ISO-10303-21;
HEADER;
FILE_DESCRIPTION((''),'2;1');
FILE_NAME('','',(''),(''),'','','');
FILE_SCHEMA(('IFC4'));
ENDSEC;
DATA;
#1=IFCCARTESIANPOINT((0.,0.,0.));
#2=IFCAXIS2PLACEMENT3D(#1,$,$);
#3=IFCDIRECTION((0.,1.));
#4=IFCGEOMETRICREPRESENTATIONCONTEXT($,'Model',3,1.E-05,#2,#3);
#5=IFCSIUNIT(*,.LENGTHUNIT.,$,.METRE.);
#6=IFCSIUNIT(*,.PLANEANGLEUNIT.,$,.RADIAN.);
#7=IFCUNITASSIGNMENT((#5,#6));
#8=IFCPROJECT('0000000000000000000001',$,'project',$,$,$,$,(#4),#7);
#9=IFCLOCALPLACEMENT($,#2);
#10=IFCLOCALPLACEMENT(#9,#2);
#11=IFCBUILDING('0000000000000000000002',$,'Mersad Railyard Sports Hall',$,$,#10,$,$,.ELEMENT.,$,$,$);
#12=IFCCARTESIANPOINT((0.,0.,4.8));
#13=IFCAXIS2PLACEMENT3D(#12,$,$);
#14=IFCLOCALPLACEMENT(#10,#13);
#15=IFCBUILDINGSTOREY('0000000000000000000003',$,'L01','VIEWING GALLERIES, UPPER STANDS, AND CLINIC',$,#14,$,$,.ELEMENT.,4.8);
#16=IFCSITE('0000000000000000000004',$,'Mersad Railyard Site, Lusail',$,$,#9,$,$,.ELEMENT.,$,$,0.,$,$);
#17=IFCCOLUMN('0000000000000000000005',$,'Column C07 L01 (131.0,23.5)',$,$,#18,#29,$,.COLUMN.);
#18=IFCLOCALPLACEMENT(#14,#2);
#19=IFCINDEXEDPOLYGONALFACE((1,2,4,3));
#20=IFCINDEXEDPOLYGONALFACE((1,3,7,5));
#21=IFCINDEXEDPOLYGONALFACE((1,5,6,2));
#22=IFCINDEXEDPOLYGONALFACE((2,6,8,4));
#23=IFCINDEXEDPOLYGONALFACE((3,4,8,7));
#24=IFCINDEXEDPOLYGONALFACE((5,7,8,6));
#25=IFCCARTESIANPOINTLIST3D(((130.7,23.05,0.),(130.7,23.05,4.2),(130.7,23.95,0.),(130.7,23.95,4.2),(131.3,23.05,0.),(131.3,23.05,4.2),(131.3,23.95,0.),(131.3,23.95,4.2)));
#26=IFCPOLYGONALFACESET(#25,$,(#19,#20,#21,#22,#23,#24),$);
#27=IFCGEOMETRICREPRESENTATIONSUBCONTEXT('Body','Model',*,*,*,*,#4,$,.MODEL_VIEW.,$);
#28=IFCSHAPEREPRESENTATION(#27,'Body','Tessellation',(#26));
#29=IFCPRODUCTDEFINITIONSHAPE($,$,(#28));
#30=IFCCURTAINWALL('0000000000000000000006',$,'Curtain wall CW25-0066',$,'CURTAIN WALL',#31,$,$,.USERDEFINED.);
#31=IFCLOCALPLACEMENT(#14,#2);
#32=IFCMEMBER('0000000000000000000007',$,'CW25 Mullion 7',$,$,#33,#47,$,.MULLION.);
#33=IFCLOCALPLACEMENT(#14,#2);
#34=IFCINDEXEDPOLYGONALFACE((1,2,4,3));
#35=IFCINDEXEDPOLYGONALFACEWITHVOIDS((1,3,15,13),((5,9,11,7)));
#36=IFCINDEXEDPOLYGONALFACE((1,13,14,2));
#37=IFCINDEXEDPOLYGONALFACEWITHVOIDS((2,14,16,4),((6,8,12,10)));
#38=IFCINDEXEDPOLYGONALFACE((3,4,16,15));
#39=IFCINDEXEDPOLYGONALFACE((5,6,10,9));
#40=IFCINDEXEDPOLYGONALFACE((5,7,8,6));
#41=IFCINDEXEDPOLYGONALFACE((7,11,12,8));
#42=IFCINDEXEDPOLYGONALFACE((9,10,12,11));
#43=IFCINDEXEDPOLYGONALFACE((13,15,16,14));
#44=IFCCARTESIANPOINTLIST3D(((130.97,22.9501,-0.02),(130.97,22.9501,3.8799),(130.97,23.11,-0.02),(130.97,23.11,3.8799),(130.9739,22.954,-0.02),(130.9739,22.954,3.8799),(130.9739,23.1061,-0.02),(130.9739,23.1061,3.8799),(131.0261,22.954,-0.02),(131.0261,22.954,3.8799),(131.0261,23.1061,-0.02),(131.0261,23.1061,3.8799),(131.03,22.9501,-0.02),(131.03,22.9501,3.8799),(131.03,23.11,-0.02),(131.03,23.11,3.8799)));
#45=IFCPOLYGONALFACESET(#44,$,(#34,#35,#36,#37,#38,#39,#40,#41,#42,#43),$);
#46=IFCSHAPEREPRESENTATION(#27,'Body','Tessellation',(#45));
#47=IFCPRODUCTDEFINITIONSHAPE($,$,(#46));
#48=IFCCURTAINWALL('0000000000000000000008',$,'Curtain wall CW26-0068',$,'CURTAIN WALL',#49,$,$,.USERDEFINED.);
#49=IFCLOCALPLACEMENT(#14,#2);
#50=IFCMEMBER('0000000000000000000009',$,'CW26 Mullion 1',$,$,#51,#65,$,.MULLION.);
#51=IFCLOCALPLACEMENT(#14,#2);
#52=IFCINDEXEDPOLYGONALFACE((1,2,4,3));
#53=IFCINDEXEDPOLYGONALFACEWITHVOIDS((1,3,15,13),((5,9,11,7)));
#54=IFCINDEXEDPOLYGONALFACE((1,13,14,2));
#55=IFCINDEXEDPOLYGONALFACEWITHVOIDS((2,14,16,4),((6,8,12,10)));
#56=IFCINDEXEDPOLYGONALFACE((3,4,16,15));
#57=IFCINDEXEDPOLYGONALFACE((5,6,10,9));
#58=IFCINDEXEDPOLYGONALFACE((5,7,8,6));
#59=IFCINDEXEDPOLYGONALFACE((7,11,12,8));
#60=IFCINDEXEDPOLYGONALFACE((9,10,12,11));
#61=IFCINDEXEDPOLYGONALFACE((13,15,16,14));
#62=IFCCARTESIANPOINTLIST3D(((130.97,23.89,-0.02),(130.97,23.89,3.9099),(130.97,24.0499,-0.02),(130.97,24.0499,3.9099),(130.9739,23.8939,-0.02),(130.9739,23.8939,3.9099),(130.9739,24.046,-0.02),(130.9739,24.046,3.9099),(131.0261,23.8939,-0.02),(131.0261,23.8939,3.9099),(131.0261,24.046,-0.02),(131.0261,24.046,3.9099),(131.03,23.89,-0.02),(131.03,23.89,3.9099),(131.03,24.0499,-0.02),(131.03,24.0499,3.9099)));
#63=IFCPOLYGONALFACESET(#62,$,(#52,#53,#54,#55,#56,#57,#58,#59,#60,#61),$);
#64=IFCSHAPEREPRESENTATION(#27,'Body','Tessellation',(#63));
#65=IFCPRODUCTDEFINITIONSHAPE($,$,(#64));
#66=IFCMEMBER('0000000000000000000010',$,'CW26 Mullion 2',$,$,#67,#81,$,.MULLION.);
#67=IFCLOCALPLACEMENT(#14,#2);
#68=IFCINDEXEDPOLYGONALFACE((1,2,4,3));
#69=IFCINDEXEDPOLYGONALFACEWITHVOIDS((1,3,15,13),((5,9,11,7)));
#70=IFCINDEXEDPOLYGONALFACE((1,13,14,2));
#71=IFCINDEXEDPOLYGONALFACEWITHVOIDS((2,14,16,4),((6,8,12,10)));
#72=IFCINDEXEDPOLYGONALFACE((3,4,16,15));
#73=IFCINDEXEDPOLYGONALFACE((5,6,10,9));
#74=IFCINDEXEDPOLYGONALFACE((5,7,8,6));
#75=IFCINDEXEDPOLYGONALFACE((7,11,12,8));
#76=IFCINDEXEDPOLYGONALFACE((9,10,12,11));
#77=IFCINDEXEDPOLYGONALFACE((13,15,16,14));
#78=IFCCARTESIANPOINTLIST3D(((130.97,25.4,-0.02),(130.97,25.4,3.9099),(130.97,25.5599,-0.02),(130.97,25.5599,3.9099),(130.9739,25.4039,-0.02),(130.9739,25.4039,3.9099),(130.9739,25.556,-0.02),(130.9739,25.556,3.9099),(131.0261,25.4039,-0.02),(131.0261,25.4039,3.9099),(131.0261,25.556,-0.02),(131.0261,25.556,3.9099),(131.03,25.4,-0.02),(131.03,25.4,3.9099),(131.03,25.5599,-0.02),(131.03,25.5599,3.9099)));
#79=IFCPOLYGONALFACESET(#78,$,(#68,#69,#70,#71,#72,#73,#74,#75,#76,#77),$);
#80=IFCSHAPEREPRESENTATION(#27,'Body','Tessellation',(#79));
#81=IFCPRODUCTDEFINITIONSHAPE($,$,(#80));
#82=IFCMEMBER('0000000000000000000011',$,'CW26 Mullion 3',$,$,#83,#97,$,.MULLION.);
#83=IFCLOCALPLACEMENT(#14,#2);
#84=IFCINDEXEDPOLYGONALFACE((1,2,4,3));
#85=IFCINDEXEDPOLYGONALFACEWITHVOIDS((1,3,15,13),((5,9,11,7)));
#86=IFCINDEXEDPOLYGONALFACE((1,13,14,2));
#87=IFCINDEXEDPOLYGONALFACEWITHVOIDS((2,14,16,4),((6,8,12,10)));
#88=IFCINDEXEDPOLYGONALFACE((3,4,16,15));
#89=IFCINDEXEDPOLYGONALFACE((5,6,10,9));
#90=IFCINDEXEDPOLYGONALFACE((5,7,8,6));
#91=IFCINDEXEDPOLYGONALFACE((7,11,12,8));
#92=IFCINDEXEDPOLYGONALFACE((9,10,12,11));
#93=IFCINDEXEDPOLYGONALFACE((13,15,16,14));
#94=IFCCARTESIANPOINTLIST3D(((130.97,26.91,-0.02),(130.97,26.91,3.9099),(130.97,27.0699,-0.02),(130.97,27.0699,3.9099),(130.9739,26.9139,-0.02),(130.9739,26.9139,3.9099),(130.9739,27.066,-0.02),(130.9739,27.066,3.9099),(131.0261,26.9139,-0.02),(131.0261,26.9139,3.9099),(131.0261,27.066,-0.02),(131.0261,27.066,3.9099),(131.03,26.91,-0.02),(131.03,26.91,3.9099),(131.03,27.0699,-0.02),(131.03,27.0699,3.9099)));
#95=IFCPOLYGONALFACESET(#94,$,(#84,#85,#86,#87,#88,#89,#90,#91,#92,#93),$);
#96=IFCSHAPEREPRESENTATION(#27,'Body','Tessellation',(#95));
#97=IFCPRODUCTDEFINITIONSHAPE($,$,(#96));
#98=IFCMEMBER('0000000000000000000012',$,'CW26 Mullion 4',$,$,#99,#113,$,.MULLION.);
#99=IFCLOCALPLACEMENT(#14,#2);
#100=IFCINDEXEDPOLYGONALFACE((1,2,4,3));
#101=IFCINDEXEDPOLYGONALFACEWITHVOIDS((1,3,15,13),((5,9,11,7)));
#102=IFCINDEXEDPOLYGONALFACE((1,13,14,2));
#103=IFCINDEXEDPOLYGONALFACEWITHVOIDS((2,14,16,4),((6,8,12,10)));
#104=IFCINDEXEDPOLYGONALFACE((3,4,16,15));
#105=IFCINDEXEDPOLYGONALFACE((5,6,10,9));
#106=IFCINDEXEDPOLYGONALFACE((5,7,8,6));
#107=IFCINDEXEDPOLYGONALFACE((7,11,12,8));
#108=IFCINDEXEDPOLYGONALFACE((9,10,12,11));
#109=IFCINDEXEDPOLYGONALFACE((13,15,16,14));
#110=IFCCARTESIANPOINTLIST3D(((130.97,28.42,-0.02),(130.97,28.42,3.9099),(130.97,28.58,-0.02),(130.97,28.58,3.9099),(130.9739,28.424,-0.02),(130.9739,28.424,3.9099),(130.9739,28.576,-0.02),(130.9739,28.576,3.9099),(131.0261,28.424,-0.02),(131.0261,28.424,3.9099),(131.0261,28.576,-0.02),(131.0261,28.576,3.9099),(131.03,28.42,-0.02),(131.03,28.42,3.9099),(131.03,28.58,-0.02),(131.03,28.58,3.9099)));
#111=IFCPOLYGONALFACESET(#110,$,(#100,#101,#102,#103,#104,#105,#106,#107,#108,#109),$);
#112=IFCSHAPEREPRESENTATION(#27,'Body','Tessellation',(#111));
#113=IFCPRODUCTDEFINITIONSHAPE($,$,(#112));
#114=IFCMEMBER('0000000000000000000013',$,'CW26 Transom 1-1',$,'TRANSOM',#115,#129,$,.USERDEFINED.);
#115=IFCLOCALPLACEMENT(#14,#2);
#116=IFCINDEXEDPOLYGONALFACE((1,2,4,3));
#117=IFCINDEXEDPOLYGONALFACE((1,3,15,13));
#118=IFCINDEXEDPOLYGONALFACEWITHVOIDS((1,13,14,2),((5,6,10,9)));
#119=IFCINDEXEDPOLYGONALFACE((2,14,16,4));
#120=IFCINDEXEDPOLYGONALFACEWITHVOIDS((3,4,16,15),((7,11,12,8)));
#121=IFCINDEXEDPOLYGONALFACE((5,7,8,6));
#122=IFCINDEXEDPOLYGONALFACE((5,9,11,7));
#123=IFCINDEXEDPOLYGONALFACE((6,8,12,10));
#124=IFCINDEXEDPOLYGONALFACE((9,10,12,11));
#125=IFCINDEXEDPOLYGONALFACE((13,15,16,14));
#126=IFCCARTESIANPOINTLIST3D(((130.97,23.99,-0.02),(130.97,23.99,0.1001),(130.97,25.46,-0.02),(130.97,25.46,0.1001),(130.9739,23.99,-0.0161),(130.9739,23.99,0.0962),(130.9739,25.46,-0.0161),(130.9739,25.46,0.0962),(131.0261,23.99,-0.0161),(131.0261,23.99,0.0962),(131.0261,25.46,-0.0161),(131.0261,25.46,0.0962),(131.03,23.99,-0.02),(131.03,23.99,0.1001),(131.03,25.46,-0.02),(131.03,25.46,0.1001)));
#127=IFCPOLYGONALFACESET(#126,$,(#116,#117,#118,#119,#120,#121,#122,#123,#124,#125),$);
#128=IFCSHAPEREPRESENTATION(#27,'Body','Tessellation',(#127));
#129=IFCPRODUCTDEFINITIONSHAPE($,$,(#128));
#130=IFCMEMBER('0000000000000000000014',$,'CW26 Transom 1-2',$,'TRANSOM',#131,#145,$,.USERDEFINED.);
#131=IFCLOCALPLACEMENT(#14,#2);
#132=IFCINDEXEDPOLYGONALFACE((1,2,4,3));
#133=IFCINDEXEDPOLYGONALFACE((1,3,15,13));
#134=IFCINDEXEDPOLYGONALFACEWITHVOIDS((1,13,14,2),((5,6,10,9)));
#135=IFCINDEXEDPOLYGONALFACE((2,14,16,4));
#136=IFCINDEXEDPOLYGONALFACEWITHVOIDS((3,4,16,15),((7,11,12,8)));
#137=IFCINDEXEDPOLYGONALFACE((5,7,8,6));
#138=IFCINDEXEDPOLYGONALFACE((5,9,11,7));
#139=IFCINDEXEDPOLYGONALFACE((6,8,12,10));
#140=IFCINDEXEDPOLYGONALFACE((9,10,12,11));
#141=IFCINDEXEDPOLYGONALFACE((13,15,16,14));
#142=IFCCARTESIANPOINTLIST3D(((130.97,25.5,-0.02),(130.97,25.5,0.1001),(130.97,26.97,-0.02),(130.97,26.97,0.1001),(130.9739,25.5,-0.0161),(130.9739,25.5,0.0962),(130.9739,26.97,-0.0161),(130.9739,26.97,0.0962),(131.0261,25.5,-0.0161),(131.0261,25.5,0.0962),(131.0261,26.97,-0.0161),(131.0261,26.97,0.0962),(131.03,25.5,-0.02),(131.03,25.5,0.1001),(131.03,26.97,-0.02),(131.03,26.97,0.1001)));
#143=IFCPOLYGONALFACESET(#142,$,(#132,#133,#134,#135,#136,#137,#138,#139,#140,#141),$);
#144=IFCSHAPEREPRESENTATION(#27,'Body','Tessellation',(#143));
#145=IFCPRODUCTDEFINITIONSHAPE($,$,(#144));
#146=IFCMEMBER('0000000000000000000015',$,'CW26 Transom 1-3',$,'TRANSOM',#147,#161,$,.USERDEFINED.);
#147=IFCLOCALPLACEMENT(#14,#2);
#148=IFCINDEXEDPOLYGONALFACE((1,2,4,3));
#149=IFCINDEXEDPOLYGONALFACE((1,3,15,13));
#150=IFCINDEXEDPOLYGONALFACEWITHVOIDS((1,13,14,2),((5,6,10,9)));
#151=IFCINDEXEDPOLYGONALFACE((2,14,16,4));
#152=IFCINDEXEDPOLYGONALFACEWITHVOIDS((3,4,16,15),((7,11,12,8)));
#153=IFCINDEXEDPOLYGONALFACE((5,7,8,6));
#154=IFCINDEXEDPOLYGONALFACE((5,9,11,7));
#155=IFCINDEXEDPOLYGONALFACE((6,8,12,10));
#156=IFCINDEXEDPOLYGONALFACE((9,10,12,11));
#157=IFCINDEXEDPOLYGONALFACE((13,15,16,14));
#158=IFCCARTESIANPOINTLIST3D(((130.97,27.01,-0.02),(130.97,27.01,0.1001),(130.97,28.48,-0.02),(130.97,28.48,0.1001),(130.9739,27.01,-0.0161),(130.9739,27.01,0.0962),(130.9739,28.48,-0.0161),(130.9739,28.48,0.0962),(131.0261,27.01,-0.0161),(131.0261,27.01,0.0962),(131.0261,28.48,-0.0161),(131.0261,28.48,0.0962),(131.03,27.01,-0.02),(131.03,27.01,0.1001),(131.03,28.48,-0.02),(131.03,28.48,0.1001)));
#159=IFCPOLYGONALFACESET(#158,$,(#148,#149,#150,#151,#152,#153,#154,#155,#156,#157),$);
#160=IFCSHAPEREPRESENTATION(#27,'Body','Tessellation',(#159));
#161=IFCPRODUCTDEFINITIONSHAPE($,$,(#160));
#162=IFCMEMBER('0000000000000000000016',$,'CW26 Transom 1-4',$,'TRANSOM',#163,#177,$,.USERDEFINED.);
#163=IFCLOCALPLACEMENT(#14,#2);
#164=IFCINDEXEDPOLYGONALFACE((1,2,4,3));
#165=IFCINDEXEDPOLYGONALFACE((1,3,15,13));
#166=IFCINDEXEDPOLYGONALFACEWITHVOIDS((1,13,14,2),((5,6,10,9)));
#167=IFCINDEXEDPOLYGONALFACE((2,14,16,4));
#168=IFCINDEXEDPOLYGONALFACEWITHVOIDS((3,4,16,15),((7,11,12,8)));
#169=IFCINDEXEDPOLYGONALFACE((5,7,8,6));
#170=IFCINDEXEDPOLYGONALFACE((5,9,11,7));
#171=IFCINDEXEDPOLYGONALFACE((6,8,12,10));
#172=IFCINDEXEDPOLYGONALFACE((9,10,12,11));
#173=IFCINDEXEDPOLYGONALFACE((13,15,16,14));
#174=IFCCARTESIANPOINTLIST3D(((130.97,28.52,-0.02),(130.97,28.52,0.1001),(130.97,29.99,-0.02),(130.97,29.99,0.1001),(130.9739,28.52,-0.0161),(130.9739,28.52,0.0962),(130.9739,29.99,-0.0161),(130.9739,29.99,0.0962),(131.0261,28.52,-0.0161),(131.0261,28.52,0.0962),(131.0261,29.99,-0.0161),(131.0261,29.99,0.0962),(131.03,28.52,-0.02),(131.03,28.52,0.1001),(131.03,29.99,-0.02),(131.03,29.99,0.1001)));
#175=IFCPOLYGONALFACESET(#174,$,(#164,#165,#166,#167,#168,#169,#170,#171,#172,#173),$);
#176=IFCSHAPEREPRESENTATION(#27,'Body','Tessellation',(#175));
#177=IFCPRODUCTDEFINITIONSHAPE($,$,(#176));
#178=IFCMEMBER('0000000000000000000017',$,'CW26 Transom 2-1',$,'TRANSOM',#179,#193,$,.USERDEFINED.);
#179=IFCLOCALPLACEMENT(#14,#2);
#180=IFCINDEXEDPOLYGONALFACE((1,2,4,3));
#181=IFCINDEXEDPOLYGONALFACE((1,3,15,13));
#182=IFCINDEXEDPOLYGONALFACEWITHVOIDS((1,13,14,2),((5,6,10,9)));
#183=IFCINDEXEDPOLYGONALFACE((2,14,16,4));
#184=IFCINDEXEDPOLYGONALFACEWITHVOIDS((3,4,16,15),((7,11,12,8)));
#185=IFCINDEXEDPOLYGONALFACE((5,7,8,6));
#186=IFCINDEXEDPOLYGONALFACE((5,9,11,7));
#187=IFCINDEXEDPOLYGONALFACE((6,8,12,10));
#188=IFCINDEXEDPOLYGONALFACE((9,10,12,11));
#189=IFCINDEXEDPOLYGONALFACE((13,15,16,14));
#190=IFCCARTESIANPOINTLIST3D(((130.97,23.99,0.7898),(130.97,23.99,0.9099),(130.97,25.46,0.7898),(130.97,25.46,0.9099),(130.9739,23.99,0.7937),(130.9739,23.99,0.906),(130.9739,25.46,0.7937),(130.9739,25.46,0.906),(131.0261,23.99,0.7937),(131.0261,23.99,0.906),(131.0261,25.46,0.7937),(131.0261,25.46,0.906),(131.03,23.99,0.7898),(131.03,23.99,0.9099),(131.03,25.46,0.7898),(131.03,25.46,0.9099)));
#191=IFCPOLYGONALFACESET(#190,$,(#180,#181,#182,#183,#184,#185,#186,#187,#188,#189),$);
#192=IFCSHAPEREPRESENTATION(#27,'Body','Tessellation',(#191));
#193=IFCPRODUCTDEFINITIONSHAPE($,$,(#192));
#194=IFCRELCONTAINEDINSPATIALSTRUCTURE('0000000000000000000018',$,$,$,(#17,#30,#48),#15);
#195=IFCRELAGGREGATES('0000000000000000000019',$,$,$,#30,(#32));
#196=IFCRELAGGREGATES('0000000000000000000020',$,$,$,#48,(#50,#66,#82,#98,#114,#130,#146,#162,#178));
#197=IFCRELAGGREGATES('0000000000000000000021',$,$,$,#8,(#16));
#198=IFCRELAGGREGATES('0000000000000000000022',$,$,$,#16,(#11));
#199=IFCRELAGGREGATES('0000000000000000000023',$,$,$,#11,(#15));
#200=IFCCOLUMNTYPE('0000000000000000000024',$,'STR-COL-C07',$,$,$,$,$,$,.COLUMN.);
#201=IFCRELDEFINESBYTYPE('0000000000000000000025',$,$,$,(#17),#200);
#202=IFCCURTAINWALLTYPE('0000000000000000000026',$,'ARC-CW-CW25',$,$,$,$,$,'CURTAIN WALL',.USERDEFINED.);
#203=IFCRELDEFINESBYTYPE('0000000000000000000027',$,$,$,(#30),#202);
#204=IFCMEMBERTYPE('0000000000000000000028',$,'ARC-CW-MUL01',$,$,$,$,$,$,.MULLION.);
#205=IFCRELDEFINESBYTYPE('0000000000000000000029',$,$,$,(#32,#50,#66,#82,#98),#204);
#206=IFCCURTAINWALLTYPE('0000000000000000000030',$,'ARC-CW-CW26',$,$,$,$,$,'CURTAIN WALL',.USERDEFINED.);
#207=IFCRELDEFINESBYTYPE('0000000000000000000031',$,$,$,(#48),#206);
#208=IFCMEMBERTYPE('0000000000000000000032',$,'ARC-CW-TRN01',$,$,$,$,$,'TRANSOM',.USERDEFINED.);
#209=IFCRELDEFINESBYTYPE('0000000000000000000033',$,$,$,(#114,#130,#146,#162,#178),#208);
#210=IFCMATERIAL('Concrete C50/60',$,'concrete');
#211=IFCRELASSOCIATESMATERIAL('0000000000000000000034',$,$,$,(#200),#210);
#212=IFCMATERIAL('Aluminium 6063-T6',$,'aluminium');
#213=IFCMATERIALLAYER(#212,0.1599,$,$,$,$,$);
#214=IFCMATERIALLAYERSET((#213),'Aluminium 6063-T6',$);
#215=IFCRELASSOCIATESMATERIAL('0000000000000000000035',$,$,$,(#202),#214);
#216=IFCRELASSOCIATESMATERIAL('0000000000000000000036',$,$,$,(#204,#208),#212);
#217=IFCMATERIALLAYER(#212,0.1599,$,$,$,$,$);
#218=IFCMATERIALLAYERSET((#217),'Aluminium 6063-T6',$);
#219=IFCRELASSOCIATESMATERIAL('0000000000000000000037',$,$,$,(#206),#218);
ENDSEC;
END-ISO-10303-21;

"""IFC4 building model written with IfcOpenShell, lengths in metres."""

from ifc_helpers import new_model, si_unit, direction, frame, origin, origin_2d, place, context, subcontext, project, spatial, rectangle, hollow_rectangle, extrude, material, layer, layer_set, material_profile, profile_set, type_object, element, aggregate, save


model = new_model("IFC4")

# Units and contexts
model_context = context("Model", 3, precision=1e-05, world=origin(), true_north=direction((0.0, 1.0)))
body_context = subcontext(model_context, "Body", "Model", "MODEL_VIEW")
ifc_project = project(units=[si_unit("LENGTHUNIT", "METRE"), si_unit("PLANEANGLEUNIT", "RADIAN")], contexts=[model_context])

# Site, building, storey
site_placement = place(None, origin())
site = spatial("IfcSite", under=ifc_project, at=site_placement, Name="Mersad Railyard Site, Lusail", CompositionType="ELEMENT", RefElevation=0.0)
building_placement = place(site_placement, origin())
building = spatial("IfcBuilding", under=site, at=building_placement, Name="Mersad Railyard Sports Hall", CompositionType="ELEMENT")
storey_placement = place(building_placement, frame((0.0, 0.0, 4.8)))
storey = spatial("IfcBuildingStorey", under=building, at=storey_placement, Name="L01", Description="VIEWING GALLERIES, UPPER STANDS, AND CLINIC", CompositionType="ELEMENT", Elevation=4.8)

# Column
ifc_material_1 = material(Name="Concrete C50/60", Category="concrete")
ifc_material_profile_1 = material_profile(ifc_material_1, rectangle(XDim=0.6001, YDim=0.8999, at=origin_2d()), Name="RC 600x900")
ifc_profile_set_1 = profile_set([ifc_material_profile_1], Name="Concrete C50/60")
column_type = type_object("IfcColumnType", Name="STR-COL-C07", PredefinedType="COLUMN", material=ifc_profile_set_1)
column_placement = place(storey_placement, frame((131.0, 23.5, 0.0), z_axis=(0.0, 0.0, 1.0), x_axis=(1.0, 0.0, 0.0)))
element("IfcColumn", 1, at=column_placement, inside=storey, type_object=column_type, Name="Column C07 L01 (131.0,23.5)", PredefinedType="COLUMN", context=body_context, shape_type="SweptSolid", body=[
    extrude(rectangle(XDim=0.6001, YDim=0.8999, at=origin_2d()), origin(), (0.0, 0.0, 1.0), 4.2),
])

# Curtain wall, member
ifc_material_2 = material(Name="Aluminium 6063-T6", Category="aluminium")
ifc_layer_1 = layer(ifc_material_2, 0.1599)
ifc_layer_set_1 = layer_set([ifc_layer_1], Name="Aluminium 6063-T6")
curtain_wall_type_1 = type_object("IfcCurtainWallType", Name="ARC-CW-CW25", ElementType="CURTAIN WALL", PredefinedType="USERDEFINED", material=ifc_layer_set_1)
curtain_wall_1_placement = place(storey_placement, origin())
curtain_wall_1 = element("IfcCurtainWall", 2, at=curtain_wall_1_placement, inside=storey, type_object=curtain_wall_type_1, Name="Curtain wall CW25-0066", ObjectType="CURTAIN WALL", PredefinedType="USERDEFINED")
ifc_material_profile_2 = material_profile(ifc_material_2, hollow_rectangle(XDim=0.0601, YDim=0.1599, WallThickness=0.0039, at=origin_2d()), Name="AL MULLION 60x160x4")
ifc_profile_set_2 = profile_set([ifc_material_profile_2], Name="Aluminium 6063-T6")
member_type_1 = type_object("IfcMemberType", Name="ARC-CW-MUL01", PredefinedType="MULLION", material=ifc_profile_set_2)
member_1_placement = place(storey_placement, frame((131.0, 23.03, -0.02), z_axis=(0.0, 0.0, 1.0), x_axis=(1.0, 0.0, 0.0)))
member_1 = element("IfcMember", 3, at=member_1_placement, type_object=member_type_1, Name="CW25 Mullion 7", PredefinedType="MULLION", context=body_context, shape_type="SweptSolid", body=[
    extrude(hollow_rectangle(XDim=0.0601, YDim=0.1599, WallThickness=0.0039, at=origin_2d()), origin(), (0.0, 0.0, 1.0), 3.8999),
])
aggregate(curtain_wall_1, [member_1])

# Curtain wall, members
ifc_layer_2 = layer(ifc_material_2, 0.1599)
ifc_layer_set_2 = layer_set([ifc_layer_2], Name="Aluminium 6063-T6")
curtain_wall_type_2 = type_object("IfcCurtainWallType", Name="ARC-CW-CW26", ElementType="CURTAIN WALL", PredefinedType="USERDEFINED", material=ifc_layer_set_2)
curtain_wall_2_placement = place(storey_placement, origin())
curtain_wall_2 = element("IfcCurtainWall", 4, at=curtain_wall_2_placement, inside=storey, type_object=curtain_wall_type_2, Name="Curtain wall CW26-0068", ObjectType="CURTAIN WALL", PredefinedType="USERDEFINED")
member_2_placement = place(storey_placement, frame((131.0, 23.97, -0.02), z_axis=(0.0, 0.0, 1.0), x_axis=(1.0, 0.0, 0.0)))
member_2 = element("IfcMember", 5, at=member_2_placement, type_object=member_type_1, Name="CW26 Mullion 1", PredefinedType="MULLION", context=body_context, shape_type="SweptSolid", body=[
    extrude(hollow_rectangle(XDim=0.0601, YDim=0.1599, WallThickness=0.0039, at=origin_2d()), origin(), (0.0, 0.0, 1.0), 3.9299),
])
member_3_placement = place(storey_placement, frame((131.0, 25.48, -0.02), z_axis=(0.0, 0.0, 1.0), x_axis=(1.0, 0.0, 0.0)))
member_3 = element("IfcMember", 6, at=member_3_placement, type_object=member_type_1, Name="CW26 Mullion 2", PredefinedType="MULLION", context=body_context, shape_type="SweptSolid", body=[
    extrude(hollow_rectangle(XDim=0.0601, YDim=0.1599, WallThickness=0.0039, at=origin_2d()), origin(), (0.0, 0.0, 1.0), 3.9299),
])
member_4_placement = place(storey_placement, frame((131.0, 26.99, -0.02), z_axis=(0.0, 0.0, 1.0), x_axis=(1.0, 0.0, 0.0)))
member_4 = element("IfcMember", 7, at=member_4_placement, type_object=member_type_1, Name="CW26 Mullion 3", PredefinedType="MULLION", context=body_context, shape_type="SweptSolid", body=[
    extrude(hollow_rectangle(XDim=0.0601, YDim=0.1599, WallThickness=0.0039, at=origin_2d()), origin(), (0.0, 0.0, 1.0), 3.9299),
])
member_5_placement = place(storey_placement, frame((131.0, 28.5, -0.02), z_axis=(0.0, 0.0, 1.0), x_axis=(1.0, 0.0, 0.0)))
member_5 = element("IfcMember", 8, at=member_5_placement, type_object=member_type_1, Name="CW26 Mullion 4", PredefinedType="MULLION", context=body_context, shape_type="SweptSolid", body=[
    extrude(hollow_rectangle(XDim=0.0601, YDim=0.1599, WallThickness=0.0039, at=origin_2d()), origin(), (0.0, 0.0, 1.0), 3.9299),
])
ifc_material_profile_3 = material_profile(ifc_material_2, hollow_rectangle(XDim=0.0601, YDim=0.1201, WallThickness=0.0039, at=origin_2d()), Name="AL TRANSOM 60x120x4")
ifc_profile_set_3 = profile_set([ifc_material_profile_3], Name="Aluminium 6063-T6")
member_type_2 = type_object("IfcMemberType", Name="ARC-CW-TRN01", ElementType="TRANSOM", PredefinedType="USERDEFINED", material=ifc_profile_set_3)
member_6_placement = place(storey_placement, frame((131.0, 23.99, 0.04), z_axis=(0.0, 1.0, 0.0), x_axis=(-1.0, 0.0, 0.0)))
member_6 = element("IfcMember", 9, at=member_6_placement, type_object=member_type_2, Name="CW26 Transom 1-1", ObjectType="TRANSOM", PredefinedType="USERDEFINED", context=body_context, shape_type="SweptSolid", body=[
    extrude(hollow_rectangle(XDim=0.0601, YDim=0.1201, WallThickness=0.0039, at=origin_2d()), origin(), (0.0, 0.0, 1.0), 1.47),
])
member_7_placement = place(storey_placement, frame((131.0, 25.5, 0.04), z_axis=(0.0, 1.0, 0.0), x_axis=(-1.0, 0.0, 0.0)))
member_7 = element("IfcMember", 10, at=member_7_placement, type_object=member_type_2, Name="CW26 Transom 1-2", ObjectType="TRANSOM", PredefinedType="USERDEFINED", context=body_context, shape_type="SweptSolid", body=[
    extrude(hollow_rectangle(XDim=0.0601, YDim=0.1201, WallThickness=0.0039, at=origin_2d()), origin(), (0.0, 0.0, 1.0), 1.47),
])
member_8_placement = place(storey_placement, frame((131.0, 27.01, 0.04), z_axis=(0.0, 1.0, 0.0), x_axis=(-1.0, 0.0, 0.0)))
member_8 = element("IfcMember", 11, at=member_8_placement, type_object=member_type_2, Name="CW26 Transom 1-3", ObjectType="TRANSOM", PredefinedType="USERDEFINED", context=body_context, shape_type="SweptSolid", body=[
    extrude(hollow_rectangle(XDim=0.0601, YDim=0.1201, WallThickness=0.0039, at=origin_2d()), origin(), (0.0, 0.0, 1.0), 1.47),
])
member_9_placement = place(storey_placement, frame((131.0, 28.52, 0.04), z_axis=(0.0, 1.0, 0.0), x_axis=(-1.0, 0.0, 0.0)))
member_9 = element("IfcMember", 12, at=member_9_placement, type_object=member_type_2, Name="CW26 Transom 1-4", ObjectType="TRANSOM", PredefinedType="USERDEFINED", context=body_context, shape_type="SweptSolid", body=[
    extrude(hollow_rectangle(XDim=0.0601, YDim=0.1201, WallThickness=0.0039, at=origin_2d()), origin(), (0.0, 0.0, 1.0), 1.47),
])
member_10_placement = place(storey_placement, frame((131.0, 23.99, 0.8499), z_axis=(0.0, 1.0, 0.0), x_axis=(-1.0, 0.0, 0.0)))
member_10 = element("IfcMember", 13, at=member_10_placement, type_object=member_type_2, Name="CW26 Transom 2-1", ObjectType="TRANSOM", PredefinedType="USERDEFINED", context=body_context, shape_type="SweptSolid", body=[
    extrude(hollow_rectangle(XDim=0.0601, YDim=0.1201, WallThickness=0.0039, at=origin_2d()), origin(), (0.0, 0.0, 1.0), 1.47),
])

aggregate(curtain_wall_2, [member_2, member_3, member_4, member_5, member_6, member_7, member_8, member_9, member_10])

save(model, "model.ifc")
